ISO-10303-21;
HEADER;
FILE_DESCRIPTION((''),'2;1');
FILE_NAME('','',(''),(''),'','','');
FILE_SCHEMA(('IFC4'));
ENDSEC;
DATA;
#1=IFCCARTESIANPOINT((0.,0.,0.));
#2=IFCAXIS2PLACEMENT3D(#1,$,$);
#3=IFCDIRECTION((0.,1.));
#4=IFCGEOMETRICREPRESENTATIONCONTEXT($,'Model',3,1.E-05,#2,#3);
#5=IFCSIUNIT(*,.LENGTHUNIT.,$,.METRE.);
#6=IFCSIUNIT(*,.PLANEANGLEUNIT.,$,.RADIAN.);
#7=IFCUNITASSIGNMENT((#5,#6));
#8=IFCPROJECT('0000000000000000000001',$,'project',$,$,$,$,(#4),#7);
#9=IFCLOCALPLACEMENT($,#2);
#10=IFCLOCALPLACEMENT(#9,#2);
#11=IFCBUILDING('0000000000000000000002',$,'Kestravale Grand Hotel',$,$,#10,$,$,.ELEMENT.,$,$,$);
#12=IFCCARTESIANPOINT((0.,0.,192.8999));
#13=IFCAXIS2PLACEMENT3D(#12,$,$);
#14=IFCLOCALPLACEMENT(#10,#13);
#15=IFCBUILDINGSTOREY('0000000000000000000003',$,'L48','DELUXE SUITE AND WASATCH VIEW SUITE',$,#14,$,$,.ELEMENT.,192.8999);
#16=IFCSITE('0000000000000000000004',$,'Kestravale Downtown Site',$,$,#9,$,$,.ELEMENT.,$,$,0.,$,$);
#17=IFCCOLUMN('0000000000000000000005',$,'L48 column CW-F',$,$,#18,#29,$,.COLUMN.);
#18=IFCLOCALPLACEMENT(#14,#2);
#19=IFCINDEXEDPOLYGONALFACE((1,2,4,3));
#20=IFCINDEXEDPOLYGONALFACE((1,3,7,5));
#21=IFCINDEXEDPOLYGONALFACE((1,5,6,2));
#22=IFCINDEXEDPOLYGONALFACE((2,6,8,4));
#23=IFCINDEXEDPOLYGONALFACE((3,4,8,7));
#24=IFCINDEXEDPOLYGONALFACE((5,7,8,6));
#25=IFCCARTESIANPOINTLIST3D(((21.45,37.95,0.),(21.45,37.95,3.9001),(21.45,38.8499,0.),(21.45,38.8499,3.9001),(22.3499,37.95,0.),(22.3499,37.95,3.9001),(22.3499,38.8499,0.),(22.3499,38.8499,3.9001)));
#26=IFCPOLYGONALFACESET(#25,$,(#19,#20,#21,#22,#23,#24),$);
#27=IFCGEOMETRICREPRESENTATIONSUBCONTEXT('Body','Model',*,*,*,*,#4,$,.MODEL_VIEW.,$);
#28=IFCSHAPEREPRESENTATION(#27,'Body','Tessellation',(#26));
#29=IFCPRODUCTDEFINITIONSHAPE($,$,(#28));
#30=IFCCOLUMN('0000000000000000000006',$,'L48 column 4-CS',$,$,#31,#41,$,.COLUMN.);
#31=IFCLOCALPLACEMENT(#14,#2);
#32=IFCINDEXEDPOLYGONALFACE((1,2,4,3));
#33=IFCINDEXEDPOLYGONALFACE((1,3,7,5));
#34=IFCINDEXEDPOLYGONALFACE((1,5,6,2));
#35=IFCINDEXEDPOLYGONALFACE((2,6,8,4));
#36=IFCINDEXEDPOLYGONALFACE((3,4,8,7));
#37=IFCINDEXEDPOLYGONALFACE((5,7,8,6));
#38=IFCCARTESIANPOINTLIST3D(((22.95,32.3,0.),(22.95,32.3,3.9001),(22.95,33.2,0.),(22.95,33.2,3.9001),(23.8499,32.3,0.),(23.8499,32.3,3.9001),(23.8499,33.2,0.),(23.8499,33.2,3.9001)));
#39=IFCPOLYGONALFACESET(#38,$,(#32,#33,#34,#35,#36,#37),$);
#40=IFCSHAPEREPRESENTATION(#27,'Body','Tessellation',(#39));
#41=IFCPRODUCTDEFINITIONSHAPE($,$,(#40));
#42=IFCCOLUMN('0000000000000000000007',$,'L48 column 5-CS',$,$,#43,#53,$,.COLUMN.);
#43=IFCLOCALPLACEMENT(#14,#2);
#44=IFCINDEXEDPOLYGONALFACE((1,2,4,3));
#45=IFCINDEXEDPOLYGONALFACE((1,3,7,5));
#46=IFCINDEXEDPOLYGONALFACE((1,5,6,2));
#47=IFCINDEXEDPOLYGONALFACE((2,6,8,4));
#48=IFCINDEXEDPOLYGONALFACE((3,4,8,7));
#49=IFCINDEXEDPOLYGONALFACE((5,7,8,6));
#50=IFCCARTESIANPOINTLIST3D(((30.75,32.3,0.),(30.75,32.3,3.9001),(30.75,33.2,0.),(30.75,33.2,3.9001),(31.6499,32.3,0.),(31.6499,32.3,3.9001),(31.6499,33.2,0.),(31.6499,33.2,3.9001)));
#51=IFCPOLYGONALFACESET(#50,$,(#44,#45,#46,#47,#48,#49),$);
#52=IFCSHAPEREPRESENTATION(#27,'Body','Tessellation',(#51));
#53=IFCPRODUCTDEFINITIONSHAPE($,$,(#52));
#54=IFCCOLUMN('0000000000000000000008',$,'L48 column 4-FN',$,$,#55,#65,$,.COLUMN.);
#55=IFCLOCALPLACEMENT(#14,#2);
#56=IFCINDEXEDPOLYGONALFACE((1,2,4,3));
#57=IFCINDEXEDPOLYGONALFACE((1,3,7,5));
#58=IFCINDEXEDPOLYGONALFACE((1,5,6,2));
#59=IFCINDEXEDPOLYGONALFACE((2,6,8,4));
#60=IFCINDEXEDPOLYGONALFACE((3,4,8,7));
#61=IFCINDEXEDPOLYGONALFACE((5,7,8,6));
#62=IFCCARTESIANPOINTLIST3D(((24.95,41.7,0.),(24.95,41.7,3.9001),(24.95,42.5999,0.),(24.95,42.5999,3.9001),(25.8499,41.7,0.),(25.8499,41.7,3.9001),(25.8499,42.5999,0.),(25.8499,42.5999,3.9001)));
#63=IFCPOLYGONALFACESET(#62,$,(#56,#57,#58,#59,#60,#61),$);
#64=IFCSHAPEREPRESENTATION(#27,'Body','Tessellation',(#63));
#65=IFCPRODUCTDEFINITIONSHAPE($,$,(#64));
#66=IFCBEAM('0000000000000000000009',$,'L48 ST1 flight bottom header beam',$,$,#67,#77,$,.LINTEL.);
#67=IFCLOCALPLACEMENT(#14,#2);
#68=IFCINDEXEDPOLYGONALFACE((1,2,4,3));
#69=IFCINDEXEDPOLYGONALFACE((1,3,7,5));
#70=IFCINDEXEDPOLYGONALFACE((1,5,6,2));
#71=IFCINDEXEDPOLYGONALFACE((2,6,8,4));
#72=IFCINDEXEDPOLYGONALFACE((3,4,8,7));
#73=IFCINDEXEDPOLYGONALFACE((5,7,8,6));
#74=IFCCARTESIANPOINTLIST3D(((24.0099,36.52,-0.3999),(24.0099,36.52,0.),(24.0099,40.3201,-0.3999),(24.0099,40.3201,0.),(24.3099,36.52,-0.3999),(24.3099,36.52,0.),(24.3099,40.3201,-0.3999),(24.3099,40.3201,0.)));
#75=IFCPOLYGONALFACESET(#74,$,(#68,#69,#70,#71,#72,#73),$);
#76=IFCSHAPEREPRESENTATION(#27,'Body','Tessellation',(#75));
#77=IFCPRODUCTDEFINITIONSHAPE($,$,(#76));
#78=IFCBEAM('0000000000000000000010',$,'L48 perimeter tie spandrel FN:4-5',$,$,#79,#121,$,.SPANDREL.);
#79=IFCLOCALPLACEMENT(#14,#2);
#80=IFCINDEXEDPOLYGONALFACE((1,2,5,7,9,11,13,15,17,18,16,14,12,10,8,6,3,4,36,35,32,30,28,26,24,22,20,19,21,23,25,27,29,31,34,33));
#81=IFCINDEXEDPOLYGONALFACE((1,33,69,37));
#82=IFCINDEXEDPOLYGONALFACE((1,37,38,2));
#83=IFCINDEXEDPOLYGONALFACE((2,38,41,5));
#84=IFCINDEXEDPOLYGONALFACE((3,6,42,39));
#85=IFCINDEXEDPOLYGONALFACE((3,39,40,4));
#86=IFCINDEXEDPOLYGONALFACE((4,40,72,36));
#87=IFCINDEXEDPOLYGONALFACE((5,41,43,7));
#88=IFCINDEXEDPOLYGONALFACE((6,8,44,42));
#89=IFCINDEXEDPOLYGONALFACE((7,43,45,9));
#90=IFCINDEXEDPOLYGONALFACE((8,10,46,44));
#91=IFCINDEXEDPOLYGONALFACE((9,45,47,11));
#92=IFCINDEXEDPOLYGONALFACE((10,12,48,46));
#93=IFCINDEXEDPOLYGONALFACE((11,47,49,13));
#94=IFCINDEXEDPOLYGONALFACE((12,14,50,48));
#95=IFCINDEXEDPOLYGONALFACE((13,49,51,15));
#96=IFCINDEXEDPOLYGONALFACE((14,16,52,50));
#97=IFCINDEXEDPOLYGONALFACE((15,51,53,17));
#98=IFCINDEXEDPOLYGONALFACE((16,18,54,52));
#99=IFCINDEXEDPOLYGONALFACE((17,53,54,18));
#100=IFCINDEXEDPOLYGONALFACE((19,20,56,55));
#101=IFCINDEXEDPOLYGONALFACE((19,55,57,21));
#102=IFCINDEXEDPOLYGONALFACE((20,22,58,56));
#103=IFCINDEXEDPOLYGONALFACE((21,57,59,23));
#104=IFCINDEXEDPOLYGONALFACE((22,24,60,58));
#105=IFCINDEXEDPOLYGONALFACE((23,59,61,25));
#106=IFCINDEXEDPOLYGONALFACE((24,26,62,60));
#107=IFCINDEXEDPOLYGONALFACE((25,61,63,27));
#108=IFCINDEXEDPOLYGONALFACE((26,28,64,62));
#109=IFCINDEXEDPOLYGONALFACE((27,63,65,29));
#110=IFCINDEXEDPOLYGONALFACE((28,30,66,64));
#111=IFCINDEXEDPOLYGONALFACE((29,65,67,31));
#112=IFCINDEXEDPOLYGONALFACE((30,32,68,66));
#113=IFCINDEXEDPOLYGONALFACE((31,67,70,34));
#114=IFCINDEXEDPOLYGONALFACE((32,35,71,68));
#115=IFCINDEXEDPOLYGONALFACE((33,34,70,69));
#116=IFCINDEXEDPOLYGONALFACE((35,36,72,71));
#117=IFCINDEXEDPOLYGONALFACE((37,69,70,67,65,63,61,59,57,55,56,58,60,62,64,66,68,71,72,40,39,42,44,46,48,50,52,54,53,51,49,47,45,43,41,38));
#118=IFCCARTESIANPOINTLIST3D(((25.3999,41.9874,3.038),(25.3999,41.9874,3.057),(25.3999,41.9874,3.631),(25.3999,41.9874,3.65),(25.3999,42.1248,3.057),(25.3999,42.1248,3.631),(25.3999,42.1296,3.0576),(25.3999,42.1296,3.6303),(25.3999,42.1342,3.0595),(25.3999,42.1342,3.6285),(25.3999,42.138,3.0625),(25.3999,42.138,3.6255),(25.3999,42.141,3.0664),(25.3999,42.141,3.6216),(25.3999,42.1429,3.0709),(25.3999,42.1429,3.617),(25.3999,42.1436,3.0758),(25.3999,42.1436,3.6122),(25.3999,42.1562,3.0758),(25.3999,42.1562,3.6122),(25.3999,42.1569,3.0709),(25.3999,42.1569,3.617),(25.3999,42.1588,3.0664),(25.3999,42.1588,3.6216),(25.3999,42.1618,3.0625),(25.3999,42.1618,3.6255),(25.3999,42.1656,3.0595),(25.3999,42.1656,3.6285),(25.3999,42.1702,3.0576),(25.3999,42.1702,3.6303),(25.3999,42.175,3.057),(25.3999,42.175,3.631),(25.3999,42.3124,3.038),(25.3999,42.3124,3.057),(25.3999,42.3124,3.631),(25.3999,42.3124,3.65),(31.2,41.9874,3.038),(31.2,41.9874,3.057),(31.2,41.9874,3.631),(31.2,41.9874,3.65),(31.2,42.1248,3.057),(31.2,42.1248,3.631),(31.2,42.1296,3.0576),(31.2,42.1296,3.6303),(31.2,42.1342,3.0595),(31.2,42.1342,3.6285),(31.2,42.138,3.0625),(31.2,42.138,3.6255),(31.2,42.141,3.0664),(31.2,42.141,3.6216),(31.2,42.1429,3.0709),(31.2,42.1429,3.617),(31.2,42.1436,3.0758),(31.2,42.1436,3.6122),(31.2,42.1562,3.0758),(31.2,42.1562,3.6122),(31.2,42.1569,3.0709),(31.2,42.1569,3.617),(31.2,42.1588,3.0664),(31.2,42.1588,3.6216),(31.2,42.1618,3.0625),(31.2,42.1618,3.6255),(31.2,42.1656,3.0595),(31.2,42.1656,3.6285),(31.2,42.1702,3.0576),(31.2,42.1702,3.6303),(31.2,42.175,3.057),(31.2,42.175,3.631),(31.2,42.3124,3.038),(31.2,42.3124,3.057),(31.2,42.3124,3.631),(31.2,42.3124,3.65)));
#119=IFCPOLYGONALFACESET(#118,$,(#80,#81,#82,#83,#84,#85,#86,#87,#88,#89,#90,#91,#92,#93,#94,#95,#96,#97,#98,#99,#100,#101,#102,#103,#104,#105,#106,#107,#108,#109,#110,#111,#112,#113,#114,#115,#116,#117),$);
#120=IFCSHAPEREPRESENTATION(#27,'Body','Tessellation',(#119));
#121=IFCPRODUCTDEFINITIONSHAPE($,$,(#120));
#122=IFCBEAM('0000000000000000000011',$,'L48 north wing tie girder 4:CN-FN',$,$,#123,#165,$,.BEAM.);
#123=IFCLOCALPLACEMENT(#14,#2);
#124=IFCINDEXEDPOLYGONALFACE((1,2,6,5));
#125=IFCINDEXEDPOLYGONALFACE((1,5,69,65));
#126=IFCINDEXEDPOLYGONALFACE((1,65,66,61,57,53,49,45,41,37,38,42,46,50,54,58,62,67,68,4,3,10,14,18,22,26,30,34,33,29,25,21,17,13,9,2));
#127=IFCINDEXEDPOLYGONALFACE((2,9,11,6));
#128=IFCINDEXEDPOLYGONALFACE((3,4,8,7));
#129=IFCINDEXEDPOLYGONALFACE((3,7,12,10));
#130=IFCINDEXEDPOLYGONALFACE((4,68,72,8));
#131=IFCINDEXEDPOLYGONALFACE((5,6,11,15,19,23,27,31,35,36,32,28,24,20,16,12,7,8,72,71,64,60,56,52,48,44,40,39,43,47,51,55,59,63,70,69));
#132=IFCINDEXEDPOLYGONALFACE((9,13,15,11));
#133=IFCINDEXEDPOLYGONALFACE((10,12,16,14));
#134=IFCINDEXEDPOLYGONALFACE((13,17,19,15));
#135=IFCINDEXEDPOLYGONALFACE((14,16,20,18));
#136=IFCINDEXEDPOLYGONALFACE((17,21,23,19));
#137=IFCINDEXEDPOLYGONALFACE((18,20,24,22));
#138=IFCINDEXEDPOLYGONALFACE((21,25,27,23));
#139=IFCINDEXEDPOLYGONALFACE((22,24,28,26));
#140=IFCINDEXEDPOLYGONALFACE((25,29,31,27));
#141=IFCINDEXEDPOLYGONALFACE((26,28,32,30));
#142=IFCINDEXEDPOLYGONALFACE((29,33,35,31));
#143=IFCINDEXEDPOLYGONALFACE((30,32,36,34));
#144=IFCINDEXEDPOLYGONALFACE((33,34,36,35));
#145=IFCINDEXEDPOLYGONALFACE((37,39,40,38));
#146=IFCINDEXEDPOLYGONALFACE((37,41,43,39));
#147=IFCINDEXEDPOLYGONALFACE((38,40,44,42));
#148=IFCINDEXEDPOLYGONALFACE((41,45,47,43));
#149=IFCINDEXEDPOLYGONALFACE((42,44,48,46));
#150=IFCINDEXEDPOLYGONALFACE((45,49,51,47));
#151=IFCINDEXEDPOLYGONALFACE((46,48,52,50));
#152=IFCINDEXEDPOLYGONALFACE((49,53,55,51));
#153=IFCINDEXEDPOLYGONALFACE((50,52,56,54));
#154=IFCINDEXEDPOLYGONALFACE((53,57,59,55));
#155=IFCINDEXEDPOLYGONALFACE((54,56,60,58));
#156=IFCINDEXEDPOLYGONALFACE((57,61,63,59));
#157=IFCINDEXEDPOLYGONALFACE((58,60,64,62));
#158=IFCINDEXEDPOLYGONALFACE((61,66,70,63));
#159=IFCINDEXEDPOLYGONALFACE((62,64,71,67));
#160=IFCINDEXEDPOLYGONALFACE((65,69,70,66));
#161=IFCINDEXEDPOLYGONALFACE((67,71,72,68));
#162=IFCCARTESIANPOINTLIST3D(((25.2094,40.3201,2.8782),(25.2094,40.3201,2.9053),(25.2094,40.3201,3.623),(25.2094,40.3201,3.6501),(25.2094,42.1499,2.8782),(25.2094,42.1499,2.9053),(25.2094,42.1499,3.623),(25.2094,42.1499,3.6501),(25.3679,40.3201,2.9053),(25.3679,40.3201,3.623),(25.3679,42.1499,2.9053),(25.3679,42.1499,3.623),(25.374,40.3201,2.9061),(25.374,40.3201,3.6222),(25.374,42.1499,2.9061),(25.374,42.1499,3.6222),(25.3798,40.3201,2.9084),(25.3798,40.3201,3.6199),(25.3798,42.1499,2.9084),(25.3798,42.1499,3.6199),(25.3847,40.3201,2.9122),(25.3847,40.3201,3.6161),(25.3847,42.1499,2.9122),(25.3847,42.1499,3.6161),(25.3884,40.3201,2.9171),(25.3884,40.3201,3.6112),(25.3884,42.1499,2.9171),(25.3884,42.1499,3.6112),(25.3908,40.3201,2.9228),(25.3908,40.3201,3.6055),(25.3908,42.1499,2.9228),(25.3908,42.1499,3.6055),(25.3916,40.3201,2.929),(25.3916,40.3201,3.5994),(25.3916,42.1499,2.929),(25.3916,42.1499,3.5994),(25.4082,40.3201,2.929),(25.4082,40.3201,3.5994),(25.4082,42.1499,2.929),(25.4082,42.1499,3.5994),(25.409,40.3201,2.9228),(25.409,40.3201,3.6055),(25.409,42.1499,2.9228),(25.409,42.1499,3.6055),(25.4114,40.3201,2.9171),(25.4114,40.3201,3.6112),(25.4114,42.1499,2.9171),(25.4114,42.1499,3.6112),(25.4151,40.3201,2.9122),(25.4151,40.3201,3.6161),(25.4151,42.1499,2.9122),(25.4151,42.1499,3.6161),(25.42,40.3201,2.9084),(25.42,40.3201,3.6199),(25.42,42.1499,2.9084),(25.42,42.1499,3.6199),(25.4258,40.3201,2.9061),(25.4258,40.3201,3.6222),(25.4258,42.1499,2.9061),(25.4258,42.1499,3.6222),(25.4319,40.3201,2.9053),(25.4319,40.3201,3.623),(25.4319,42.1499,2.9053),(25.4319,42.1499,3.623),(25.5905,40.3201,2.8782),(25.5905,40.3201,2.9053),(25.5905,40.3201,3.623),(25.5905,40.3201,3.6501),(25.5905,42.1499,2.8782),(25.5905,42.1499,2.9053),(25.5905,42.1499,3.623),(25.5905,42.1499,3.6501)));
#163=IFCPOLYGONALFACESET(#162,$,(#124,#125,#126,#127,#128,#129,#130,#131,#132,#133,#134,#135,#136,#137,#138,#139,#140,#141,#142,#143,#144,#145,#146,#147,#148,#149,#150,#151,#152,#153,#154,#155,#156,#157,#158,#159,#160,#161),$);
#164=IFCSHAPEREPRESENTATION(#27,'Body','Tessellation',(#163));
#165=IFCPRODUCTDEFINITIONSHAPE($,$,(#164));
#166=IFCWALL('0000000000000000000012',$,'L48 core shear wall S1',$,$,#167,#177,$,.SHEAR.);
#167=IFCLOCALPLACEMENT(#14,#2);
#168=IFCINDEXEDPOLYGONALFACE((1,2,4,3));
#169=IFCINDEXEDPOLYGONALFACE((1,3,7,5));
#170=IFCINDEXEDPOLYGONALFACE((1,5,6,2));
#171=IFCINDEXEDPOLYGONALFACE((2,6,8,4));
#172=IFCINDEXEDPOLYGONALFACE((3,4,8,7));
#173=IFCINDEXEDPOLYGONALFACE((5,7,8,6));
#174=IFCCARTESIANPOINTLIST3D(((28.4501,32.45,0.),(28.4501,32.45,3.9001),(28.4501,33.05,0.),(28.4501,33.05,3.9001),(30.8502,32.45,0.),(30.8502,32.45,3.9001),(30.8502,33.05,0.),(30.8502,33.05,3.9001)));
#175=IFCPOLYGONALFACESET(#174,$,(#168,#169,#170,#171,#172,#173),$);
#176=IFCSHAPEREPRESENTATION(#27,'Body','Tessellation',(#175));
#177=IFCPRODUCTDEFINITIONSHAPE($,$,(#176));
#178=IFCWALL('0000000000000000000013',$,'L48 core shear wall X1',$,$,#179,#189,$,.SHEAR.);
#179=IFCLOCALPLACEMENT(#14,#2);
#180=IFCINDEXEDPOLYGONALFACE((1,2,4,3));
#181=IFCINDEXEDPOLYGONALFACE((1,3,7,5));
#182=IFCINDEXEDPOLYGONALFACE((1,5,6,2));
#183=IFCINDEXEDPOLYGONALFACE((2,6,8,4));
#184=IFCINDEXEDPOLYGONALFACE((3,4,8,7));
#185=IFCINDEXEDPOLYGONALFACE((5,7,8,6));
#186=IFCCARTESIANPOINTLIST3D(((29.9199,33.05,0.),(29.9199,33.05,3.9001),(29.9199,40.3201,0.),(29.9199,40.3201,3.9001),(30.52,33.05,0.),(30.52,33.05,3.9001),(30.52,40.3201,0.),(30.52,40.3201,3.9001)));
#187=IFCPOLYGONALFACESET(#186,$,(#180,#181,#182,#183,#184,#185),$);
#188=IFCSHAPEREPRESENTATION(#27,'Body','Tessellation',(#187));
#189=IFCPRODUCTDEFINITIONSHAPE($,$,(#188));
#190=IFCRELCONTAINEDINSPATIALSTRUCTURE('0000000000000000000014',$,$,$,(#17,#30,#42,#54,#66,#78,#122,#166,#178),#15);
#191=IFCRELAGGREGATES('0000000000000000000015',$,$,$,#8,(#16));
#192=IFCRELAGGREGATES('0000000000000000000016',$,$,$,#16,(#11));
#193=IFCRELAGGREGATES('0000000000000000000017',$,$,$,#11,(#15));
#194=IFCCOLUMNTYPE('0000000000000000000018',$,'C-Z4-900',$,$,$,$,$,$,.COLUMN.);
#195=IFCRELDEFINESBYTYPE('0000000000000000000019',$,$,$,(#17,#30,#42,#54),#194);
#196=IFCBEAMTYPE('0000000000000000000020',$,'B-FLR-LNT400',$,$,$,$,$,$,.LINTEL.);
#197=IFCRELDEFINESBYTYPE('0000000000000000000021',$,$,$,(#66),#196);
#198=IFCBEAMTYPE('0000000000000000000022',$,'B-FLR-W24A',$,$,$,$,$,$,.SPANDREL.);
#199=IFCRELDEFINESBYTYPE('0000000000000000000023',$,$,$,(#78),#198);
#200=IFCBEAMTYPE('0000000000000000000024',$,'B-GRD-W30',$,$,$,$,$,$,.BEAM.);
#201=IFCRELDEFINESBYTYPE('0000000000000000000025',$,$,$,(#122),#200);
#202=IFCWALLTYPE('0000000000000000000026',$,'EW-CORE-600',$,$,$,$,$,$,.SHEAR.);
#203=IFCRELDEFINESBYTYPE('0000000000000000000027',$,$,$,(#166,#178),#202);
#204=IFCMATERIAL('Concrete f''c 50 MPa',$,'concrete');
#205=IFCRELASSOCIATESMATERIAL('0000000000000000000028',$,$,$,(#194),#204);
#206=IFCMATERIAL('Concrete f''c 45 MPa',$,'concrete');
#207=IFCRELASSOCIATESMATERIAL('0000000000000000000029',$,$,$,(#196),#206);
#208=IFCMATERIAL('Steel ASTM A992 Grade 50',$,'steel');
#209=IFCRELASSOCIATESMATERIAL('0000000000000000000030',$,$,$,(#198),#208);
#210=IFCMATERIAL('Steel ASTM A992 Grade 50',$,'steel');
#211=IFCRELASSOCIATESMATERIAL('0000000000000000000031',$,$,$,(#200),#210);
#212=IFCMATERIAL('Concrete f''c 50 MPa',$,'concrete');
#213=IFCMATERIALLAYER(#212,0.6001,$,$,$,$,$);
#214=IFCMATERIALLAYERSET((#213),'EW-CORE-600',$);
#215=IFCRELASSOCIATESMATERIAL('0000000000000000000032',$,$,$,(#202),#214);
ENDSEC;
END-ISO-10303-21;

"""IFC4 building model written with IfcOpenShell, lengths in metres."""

from ifc_helpers import new_model, si_unit, direction, frame, frame_2d, origin, origin_2d, place, context, subcontext, project, spatial, rectangle, i_section, extrude, material, layer, layer_set, material_profile, profile_set, type_object, element, save


model = new_model("IFC4")

# Units and contexts
model_context = context("Model", 3, precision=1e-05, world=origin(), true_north=direction((0.0, 1.0)))
body_context = subcontext(model_context, "Body", "Model", "MODEL_VIEW")
ifc_project = project(units=[si_unit("LENGTHUNIT", "METRE"), si_unit("PLANEANGLEUNIT", "RADIAN")], contexts=[model_context])

# Site, building, storey
site_placement = place(None, origin())
site = spatial("IfcSite", under=ifc_project, at=site_placement, Name="Kestravale Downtown Site", CompositionType="ELEMENT", RefElevation=0.0)
building_placement = place(site_placement, origin())
building = spatial("IfcBuilding", under=site, at=building_placement, Name="Kestravale Grand Hotel", CompositionType="ELEMENT")
storey_placement = place(building_placement, frame((0.0, 0.0, 192.8999)))
storey = spatial("IfcBuildingStorey", under=building, at=storey_placement, Name="L48", Description="DELUXE SUITE AND WASATCH VIEW SUITE", CompositionType="ELEMENT", Elevation=192.8999)

# Columns
ifc_material_1 = material(Name="Concrete f'c 50 MPa", Category="concrete")
ifc_material_profile_1 = material_profile(ifc_material_1, rectangle(XDim=0.8999, YDim=0.8999, at=origin_2d()))
ifc_profile_set_1 = profile_set([ifc_material_profile_1], Name="Concrete f'c 50 MPa")
column_type = type_object("IfcColumnType", Name="C-Z4-900", PredefinedType="COLUMN", material=ifc_profile_set_1)
for number, where, z_axis, x_axis, name in (
    (1, (21.8999, 38.3999, 0.0), (0.0, 0.0, 1.0), (1.0, 0.0, 0.0), "L48 column CW-F"),
    (2, (23.3999, 32.75, 0.0), (0.0, 0.0, 1.0), (1.0, 0.0, 0.0), "L48 column 4-CS"),
    (3, (31.2, 32.75, 0.0), (0.0, 0.0, 1.0), (1.0, 0.0, 0.0), "L48 column 5-CS"),
    (4, (25.3999, 42.1499, 0.0), (0.0, 0.0, 1.0), (1.0, 0.0, 0.0), "L48 column 4-FN"),
):
    element("IfcColumn", number, at=place(storey_placement, frame(where, z_axis=z_axis, x_axis=x_axis)), inside=storey, type_object=column_type, Name=name, PredefinedType="COLUMN", context=body_context, shape_type="SweptSolid", body=[
        extrude(rectangle(XDim=0.8999, YDim=0.8999, at=origin_2d()), origin(), (0.0, 0.0, 1.0), 3.9001),
    ])

# Beams
ifc_material_2 = material(Name="Concrete f'c 45 MPa", Category="concrete")
ifc_material_profile_2 = material_profile(ifc_material_2, rectangle(XDim=0.3, YDim=0.3999, at=origin_2d()))
ifc_profile_set_2 = profile_set([ifc_material_profile_2], Name="Concrete f'c 45 MPa")
beam_type_1 = type_object("IfcBeamType", Name="B-FLR-LNT400", PredefinedType="LINTEL", material=ifc_profile_set_2)
beam_1_placement = place(storey_placement, frame((24.1599, 36.52, -0.2), z_axis=(0.0, 1.0, 0.0), x_axis=(-1.0, 0.0, 0.0)))
element("IfcBeam", 5, at=beam_1_placement, inside=storey, type_object=beam_type_1, Name="L48 ST1 flight bottom header beam", PredefinedType="LINTEL", context=body_context, shape_type="SweptSolid", body=[
    extrude(rectangle(XDim=0.3, YDim=0.3999, at=origin_2d()), origin(), (0.0, 0.0, 1.0), 3.8),
])
ifc_material_3 = material(Name="Steel ASTM A992 Grade 50", Category="steel")
ifc_material_profile_3 = material_profile(ifc_material_3, i_section(OverallWidth=0.325, OverallDepth=0.6121, WebThickness=0.0127, FlangeThickness=0.019, FilletRadius=0.0188, at=origin_2d()))
ifc_profile_set_3 = profile_set([ifc_material_profile_3], Name="Steel ASTM A992 Grade 50")
beam_type_2 = type_object("IfcBeamType", Name="B-FLR-W24A", PredefinedType="SPANDREL", material=ifc_profile_set_3)
beam_2_placement = place(storey_placement, frame((25.3999, 42.1499, 3.344), z_axis=(1.0, 0.0, 0.0), x_axis=(0.0, 1.0, 0.0)))
element("IfcBeam", 6, at=beam_2_placement, inside=storey, type_object=beam_type_2, Name="L48 perimeter tie spandrel FN:4-5", PredefinedType="SPANDREL", context=body_context, shape_type="SweptSolid", body=[
    extrude(i_section(OverallWidth=0.325, OverallDepth=0.6121, WebThickness=0.0127, FlangeThickness=0.019, FilletRadius=0.0188, at=origin_2d()), origin(), (0.0, 0.0, 1.0), 5.8),
])
ifc_material_4 = material(Name="Steel ASTM A992 Grade 50", Category="steel")
ifc_material_profile_4 = material_profile(ifc_material_4, i_section(OverallWidth=0.3811, OverallDepth=0.772, WebThickness=0.0166, FlangeThickness=0.0271, FilletRadius=0.0237, at=origin_2d()))
ifc_profile_set_4 = profile_set([ifc_material_profile_4], Name="Steel ASTM A992 Grade 50")
beam_type_3 = type_object("IfcBeamType", Name="B-GRD-W30", PredefinedType="BEAM", material=ifc_profile_set_4)
beam_3_placement = place(storey_placement, frame((25.3999, 40.3201, 3.2642), z_axis=(0.0, 1.0, 0.0), x_axis=(-1.0, 0.0, 0.0)))
element("IfcBeam", 7, at=beam_3_placement, inside=storey, type_object=beam_type_3, Name="L48 north wing tie girder 4:CN-FN", PredefinedType="BEAM", context=body_context, shape_type="SweptSolid", body=[
    extrude(i_section(OverallWidth=0.3811, OverallDepth=0.772, WebThickness=0.0166, FlangeThickness=0.0271, FilletRadius=0.0237, at=origin_2d()), origin(), (0.0, 0.0, 1.0), 1.8298),
])

# Walls
ifc_material_5 = material(Name="Concrete f'c 50 MPa", Category="concrete")
ifc_layer_1 = layer(ifc_material_5, 0.6001)
ifc_layer_set_1 = layer_set([ifc_layer_1], Name="EW-CORE-600")
wall_type_1 = type_object("IfcWallType", Name="EW-CORE-600", PredefinedType="SHEAR", material=ifc_layer_set_1)
wall_1_placement = place(storey_placement, frame((28.45, 32.75, 0.0), z_axis=(0.0, 0.0, 1.0), x_axis=(1.0, 0.0, 0.0)))
element("IfcWall", 8, at=wall_1_placement, inside=storey, type_object=wall_type_1, Name="L48 core shear wall S1", PredefinedType="SHEAR", context=body_context, shape_type="SweptSolid", body=[
    extrude(rectangle(XDim=2.4001, YDim=0.6001, at=frame_2d((1.2002, 0.0))), origin(), (0.0, 0.0, 1.0), 3.9001),
])
wall_2_placement = place(storey_placement, frame((30.22, 33.05, 0.0), z_axis=(0.0, 0.0, 1.0), x_axis=(0.0, 1.0, 0.0)))
element("IfcWall", 9, at=wall_2_placement, inside=storey, type_object=wall_type_1, Name="L48 core shear wall X1", PredefinedType="SHEAR", context=body_context, shape_type="SweptSolid", body=[
    extrude(rectangle(XDim=7.27, YDim=0.6001, at=frame_2d((3.635, 0.0))), origin(), (0.0, 0.0, 1.0), 3.9001),
])

save(model, "model.ifc")
